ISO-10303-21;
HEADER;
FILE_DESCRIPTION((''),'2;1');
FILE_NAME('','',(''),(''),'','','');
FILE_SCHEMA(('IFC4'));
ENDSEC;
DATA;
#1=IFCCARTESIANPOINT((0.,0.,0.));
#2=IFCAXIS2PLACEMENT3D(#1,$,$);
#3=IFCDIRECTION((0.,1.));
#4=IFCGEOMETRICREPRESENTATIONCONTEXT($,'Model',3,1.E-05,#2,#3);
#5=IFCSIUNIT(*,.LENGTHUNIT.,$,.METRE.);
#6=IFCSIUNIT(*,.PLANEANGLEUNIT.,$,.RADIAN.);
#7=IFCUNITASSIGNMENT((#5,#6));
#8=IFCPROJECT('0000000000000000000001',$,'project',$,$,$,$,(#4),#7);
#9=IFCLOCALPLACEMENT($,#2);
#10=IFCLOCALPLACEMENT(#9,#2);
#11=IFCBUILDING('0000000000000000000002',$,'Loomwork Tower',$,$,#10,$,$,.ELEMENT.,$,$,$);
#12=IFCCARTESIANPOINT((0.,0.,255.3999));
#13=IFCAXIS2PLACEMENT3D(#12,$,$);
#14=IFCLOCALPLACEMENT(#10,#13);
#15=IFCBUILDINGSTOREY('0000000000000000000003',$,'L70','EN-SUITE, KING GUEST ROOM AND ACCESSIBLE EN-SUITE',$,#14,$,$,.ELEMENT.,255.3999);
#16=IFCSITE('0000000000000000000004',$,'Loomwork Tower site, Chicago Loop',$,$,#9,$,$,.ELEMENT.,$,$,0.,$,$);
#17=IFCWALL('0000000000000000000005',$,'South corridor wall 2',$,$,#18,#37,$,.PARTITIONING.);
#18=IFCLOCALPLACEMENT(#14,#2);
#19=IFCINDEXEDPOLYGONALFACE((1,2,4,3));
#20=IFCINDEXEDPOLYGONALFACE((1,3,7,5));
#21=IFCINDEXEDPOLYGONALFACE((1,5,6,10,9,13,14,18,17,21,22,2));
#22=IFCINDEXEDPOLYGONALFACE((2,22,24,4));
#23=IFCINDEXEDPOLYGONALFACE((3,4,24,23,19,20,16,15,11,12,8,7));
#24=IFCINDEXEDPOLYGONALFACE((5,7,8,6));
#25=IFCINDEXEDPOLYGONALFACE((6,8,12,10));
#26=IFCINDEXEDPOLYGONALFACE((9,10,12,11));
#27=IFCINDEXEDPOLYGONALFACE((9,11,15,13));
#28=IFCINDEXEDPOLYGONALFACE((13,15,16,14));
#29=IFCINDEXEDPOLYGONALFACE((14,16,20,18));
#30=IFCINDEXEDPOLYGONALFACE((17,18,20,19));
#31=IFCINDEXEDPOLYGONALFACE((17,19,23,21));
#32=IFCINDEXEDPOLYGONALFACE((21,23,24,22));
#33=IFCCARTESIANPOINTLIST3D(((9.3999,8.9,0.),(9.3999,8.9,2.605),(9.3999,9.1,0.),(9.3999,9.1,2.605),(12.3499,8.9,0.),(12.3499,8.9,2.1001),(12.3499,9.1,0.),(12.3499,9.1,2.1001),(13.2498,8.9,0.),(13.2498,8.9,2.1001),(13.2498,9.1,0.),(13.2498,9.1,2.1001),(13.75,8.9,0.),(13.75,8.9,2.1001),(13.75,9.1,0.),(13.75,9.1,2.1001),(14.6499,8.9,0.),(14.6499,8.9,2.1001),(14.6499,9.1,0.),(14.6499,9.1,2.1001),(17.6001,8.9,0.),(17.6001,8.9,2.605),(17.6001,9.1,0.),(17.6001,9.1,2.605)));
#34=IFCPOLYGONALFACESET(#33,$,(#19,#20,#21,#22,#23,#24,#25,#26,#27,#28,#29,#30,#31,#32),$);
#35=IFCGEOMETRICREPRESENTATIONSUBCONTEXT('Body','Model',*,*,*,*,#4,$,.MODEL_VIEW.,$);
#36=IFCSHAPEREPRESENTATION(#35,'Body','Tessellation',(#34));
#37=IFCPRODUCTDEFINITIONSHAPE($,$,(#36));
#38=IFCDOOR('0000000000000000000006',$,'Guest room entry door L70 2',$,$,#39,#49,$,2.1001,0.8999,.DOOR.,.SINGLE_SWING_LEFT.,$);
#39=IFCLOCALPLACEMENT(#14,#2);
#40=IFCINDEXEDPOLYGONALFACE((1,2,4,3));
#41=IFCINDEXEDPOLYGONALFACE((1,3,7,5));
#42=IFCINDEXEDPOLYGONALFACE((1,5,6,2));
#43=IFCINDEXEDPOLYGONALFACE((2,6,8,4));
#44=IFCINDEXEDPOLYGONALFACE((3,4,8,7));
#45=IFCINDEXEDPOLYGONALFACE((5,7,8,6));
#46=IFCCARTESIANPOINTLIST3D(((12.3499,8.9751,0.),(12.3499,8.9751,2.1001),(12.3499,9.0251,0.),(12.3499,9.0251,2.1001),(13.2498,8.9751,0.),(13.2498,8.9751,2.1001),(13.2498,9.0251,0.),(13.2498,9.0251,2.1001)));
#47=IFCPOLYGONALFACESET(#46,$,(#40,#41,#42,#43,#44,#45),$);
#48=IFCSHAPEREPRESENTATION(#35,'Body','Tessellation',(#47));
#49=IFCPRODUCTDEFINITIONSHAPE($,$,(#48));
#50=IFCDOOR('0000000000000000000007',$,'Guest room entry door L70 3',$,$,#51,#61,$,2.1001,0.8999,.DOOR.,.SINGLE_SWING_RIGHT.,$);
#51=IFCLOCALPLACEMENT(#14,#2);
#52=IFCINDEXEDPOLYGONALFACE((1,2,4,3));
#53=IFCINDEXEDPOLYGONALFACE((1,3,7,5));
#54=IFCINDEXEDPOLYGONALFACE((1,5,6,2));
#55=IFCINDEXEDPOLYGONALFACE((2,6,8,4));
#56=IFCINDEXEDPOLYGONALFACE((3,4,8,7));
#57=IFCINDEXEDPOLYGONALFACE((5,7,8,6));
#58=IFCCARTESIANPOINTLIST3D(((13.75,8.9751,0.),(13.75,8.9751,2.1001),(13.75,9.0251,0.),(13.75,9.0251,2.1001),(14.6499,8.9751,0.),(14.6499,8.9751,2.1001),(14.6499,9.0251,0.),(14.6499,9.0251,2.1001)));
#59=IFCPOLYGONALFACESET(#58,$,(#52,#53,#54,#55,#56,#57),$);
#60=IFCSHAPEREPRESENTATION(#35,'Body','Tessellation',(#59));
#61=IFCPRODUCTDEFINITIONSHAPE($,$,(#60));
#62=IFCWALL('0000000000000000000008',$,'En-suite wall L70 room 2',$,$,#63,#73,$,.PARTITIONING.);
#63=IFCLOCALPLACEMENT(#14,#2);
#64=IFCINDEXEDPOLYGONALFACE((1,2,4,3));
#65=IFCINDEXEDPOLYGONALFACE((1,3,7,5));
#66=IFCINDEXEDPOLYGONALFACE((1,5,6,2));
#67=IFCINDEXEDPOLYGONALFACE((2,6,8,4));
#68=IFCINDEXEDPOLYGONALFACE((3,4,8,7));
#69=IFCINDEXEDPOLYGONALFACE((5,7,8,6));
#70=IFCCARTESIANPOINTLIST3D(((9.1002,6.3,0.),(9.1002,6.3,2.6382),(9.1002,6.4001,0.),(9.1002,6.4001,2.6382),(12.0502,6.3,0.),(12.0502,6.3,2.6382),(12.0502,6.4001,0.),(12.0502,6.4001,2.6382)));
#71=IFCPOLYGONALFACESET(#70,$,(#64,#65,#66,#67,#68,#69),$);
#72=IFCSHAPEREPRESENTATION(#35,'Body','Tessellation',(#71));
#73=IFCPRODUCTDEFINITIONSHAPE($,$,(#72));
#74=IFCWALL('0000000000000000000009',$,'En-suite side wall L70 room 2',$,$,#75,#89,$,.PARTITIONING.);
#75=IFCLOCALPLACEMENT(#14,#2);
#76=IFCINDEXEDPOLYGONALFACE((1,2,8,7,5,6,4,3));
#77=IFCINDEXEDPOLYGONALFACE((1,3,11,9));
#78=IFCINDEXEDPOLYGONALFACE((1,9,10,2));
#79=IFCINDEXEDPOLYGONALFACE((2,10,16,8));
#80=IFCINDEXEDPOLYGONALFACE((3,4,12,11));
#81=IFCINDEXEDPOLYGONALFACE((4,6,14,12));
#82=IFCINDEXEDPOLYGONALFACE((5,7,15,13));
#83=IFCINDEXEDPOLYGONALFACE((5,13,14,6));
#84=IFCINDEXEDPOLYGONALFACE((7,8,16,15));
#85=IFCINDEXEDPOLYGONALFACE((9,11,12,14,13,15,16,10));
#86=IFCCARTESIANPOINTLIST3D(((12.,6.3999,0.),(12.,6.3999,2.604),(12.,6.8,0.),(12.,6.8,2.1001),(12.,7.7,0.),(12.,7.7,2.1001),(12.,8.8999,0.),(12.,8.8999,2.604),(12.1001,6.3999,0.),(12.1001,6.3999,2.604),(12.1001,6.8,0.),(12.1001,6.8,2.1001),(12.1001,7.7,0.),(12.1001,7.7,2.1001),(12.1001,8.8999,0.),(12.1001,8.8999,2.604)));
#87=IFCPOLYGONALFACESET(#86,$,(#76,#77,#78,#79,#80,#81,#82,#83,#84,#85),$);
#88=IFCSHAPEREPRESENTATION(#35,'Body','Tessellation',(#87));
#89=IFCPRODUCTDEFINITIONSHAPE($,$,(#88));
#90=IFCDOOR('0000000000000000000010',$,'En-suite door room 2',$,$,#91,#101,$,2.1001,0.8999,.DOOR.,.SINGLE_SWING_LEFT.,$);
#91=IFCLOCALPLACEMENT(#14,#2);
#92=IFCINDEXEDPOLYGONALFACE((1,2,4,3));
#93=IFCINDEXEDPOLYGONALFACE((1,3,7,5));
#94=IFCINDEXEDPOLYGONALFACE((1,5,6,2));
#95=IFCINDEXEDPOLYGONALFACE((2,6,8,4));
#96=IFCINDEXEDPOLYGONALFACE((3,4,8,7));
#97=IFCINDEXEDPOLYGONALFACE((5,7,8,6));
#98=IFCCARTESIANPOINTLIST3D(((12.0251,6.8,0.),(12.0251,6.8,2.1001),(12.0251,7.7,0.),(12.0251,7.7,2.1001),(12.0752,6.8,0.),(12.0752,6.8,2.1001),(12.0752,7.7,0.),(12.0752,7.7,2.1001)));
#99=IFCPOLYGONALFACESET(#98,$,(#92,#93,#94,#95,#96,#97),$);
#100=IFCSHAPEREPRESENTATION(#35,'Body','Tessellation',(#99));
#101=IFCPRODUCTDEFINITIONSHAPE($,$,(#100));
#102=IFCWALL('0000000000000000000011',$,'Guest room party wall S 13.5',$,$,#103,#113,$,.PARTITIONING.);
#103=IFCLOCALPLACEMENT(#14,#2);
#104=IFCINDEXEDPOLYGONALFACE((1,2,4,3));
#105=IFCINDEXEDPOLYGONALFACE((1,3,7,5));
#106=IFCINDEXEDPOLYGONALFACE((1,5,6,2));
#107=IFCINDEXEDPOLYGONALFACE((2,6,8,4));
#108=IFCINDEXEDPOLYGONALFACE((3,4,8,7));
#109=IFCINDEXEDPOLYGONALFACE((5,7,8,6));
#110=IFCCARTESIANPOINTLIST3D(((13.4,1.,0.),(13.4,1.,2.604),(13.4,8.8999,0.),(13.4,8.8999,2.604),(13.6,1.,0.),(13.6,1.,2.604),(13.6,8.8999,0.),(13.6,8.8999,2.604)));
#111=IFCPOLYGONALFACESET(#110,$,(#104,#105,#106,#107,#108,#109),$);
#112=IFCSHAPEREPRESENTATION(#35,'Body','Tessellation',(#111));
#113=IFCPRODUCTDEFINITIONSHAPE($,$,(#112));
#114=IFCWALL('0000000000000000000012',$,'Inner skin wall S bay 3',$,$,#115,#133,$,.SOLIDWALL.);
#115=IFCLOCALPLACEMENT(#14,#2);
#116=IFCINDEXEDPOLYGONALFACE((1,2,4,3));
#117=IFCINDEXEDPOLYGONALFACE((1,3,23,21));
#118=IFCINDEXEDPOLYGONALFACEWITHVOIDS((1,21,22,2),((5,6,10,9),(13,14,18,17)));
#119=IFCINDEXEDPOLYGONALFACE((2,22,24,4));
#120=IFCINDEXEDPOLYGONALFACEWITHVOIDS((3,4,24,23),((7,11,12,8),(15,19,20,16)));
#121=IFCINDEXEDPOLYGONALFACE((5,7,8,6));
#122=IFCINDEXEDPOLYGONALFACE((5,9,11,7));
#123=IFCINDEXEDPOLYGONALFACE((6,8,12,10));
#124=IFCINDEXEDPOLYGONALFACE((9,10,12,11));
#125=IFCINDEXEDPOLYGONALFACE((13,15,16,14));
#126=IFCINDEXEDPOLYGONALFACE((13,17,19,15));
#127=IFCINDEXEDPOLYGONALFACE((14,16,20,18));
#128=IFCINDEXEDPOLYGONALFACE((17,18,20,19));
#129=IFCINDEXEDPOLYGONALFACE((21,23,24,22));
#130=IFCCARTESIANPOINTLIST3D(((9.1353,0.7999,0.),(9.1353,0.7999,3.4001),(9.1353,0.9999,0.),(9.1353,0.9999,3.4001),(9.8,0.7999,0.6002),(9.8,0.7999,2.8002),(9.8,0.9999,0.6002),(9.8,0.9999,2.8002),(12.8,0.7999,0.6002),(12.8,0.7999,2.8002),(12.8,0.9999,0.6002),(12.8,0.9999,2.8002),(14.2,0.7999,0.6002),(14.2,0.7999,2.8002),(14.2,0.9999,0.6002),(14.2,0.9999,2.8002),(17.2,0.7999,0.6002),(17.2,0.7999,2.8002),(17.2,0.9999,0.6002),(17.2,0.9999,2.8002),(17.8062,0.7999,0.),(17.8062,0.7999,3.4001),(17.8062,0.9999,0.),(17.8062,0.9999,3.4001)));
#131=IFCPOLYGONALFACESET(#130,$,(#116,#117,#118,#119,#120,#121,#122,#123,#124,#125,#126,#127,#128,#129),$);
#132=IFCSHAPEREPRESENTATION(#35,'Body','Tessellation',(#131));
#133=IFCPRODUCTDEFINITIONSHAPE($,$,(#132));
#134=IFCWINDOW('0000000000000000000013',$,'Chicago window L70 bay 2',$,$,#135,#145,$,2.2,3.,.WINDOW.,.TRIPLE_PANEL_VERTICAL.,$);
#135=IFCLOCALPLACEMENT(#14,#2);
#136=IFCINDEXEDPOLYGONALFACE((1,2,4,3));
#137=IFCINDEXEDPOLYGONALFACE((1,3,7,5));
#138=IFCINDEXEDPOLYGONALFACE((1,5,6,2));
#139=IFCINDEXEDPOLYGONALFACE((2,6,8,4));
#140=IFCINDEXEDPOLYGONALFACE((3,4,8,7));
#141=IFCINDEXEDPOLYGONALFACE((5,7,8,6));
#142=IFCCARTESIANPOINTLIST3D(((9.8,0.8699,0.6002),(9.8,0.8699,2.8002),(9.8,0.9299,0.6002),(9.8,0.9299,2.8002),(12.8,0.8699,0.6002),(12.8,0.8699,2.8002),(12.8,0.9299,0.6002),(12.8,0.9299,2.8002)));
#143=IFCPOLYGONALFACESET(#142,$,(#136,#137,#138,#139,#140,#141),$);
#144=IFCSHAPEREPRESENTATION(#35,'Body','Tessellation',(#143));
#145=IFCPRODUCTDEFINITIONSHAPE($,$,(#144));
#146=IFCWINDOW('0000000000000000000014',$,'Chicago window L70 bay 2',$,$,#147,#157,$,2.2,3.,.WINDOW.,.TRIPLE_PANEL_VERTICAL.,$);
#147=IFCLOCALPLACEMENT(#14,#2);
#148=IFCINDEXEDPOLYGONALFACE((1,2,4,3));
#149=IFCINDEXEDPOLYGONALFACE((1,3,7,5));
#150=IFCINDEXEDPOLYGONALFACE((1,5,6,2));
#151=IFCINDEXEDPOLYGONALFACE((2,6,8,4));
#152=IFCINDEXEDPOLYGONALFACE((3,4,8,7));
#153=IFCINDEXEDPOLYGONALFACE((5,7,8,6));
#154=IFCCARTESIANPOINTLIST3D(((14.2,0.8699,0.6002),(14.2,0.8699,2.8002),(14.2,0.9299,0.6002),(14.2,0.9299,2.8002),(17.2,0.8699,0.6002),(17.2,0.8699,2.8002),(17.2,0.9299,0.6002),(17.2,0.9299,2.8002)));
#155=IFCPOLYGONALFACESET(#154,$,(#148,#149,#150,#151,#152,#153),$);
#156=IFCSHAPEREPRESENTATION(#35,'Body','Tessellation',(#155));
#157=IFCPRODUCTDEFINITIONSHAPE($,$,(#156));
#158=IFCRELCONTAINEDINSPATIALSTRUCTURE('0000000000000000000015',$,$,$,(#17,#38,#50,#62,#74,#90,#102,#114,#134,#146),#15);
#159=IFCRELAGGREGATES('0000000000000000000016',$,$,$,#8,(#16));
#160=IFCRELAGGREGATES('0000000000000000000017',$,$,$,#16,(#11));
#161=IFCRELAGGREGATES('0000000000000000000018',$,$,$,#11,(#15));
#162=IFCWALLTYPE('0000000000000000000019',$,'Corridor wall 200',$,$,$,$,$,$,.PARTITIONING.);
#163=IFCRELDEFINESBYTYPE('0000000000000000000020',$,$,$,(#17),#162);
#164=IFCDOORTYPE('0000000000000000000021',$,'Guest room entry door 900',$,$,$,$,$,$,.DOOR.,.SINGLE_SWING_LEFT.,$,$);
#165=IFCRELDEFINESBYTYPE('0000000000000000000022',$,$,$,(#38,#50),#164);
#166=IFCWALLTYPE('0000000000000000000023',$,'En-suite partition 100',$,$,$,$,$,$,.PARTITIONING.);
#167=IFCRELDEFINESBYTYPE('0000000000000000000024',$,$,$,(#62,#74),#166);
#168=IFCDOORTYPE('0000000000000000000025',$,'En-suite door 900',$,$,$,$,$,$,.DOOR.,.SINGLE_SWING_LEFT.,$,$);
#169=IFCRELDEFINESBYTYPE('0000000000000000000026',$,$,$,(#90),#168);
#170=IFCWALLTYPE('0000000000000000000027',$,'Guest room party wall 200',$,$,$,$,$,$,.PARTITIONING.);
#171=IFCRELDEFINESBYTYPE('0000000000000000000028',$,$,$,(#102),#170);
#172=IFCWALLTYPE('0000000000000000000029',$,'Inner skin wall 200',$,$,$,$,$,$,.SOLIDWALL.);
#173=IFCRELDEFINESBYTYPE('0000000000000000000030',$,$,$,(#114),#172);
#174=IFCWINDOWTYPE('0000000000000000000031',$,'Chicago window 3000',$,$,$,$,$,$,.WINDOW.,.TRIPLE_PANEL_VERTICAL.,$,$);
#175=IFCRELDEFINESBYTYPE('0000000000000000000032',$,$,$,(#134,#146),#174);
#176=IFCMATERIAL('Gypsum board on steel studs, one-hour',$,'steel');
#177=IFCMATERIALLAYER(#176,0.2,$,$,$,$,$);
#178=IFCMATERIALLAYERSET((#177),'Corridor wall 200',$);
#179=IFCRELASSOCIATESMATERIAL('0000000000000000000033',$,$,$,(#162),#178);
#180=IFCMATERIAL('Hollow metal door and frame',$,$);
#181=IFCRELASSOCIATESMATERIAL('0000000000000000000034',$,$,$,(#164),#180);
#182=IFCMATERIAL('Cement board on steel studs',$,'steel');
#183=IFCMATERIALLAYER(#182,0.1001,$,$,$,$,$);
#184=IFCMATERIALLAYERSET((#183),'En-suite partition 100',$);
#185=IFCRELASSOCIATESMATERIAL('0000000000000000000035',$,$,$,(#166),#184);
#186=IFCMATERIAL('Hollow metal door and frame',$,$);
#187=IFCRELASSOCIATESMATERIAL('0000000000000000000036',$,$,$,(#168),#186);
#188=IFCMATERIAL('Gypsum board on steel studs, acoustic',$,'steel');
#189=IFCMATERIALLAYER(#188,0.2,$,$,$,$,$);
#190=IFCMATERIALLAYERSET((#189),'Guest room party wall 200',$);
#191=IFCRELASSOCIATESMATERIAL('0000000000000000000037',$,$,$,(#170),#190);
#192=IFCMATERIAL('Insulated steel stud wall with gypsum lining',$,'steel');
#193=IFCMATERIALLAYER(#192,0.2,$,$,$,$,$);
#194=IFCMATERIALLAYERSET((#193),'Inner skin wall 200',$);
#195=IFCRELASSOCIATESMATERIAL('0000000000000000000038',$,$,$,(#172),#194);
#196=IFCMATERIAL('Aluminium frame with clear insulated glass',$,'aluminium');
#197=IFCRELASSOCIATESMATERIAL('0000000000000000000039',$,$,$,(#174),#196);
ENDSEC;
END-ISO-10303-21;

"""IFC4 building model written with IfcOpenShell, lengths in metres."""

from ifc_helpers import new_model, si_unit, direction, frame, frame_2d, origin, place, context, subcontext, project, spatial, rectangle, extrude, material, layer, layer_set, type_object, element, fill, save


model = new_model("IFC4")

# Units and contexts
model_context = context("Model", 3, precision=1e-05, world=origin(), true_north=direction((0.0, 1.0)))
body_context = subcontext(model_context, "Body", "Model", "MODEL_VIEW")
ifc_project = project(units=[si_unit("LENGTHUNIT", "METRE"), si_unit("PLANEANGLEUNIT", "RADIAN")], contexts=[model_context])

# Site, building, storey
site_placement = place(None, origin())
site = spatial("IfcSite", under=ifc_project, at=site_placement, Name="Loomwork Tower site, Chicago Loop", CompositionType="ELEMENT", RefElevation=0.0)
building_placement = place(site_placement, origin())
building = spatial("IfcBuilding", under=site, at=building_placement, Name="Loomwork Tower", CompositionType="ELEMENT")
storey_placement = place(building_placement, frame((0.0, 0.0, 255.3999)))
storey = spatial("IfcBuildingStorey", under=building, at=storey_placement, Name="L70", Description="EN-SUITE, KING GUEST ROOM AND ACCESSIBLE EN-SUITE", CompositionType="ELEMENT", Elevation=255.3999)

# Wall, openings, doors
ifc_material_1 = material(Name="Gypsum board on steel studs, one-hour", Category="steel")
ifc_layer_1 = layer(ifc_material_1, 0.2)
ifc_layer_set_1 = layer_set([ifc_layer_1], Name="Corridor wall 200")
wall_type_1 = type_object("IfcWallType", Name="Corridor wall 200", PredefinedType="PARTITIONING", material=ifc_layer_set_1)
wall_1_placement = place(storey_placement, frame((9.3999, 9.0, 0.0), z_axis=(0.0, 0.0, 1.0), x_axis=(1.0, 0.0, 0.0)))
wall_1 = element("IfcWall", 1, at=wall_1_placement, inside=storey, type_object=wall_type_1, Name="South corridor wall 2", PredefinedType="PARTITIONING", context=body_context, shape_type="SweptSolid", body=[
    extrude(rectangle(XDim=8.2002, YDim=0.2, at=frame_2d((4.1001, 0.0))), origin(), (0.0, 0.0, 1.0), 2.605),
])
opening_1_placement = place(wall_1_placement, frame((2.95, 0.0, 0.0)))
opening_1 = element("IfcOpeningElement", 2, at=opening_1_placement, cuts=wall_1, PredefinedType="OPENING", context=body_context, shape_type="SweptSolid", body=[
    extrude(rectangle(XDim=0.8999, YDim=2.1001, at=frame_2d((0.45, 1.05))), frame((0.0, 0.1099, 0.0), z_axis=(0.0, -1.0, 0.0), x_axis=(1.0, 0.0, 0.0)), (0.0, 0.0, 1.0), 0.22),
])
opening_2_placement = place(wall_1_placement, frame((4.3501, 0.0, 0.0)))
opening_2 = element("IfcOpeningElement", 3, at=opening_2_placement, cuts=wall_1, PredefinedType="OPENING", context=body_context, shape_type="SweptSolid", body=[
    extrude(rectangle(XDim=0.8999, YDim=2.1001, at=frame_2d((0.45, 1.05))), frame((0.0, 0.1099, 0.0), z_axis=(0.0, -1.0, 0.0), x_axis=(1.0, 0.0, 0.0)), (0.0, 0.0, 1.0), 0.22),
])
ifc_material_2 = material(Name="Hollow metal door and frame")
door_type_1 = type_object("IfcDoorType", Name="Guest room entry door 900", OperationType="SINGLE_SWING_LEFT", PredefinedType="DOOR", material=ifc_material_2)
door_1_placement = place(opening_1_placement, frame((0.8999, 0.0, 0.0), z_axis=(0.0, 0.0, 1.0), x_axis=(-1.0, 0.0, 0.0)))
door_1 = element("IfcDoor", 4, at=door_1_placement, inside=storey, type_object=door_type_1, Name="Guest room entry door L70 2", OperationType="SINGLE_SWING_LEFT", OverallHeight=2.1001, OverallWidth=0.8999, PredefinedType="DOOR", context=body_context, shape_type="SweptSolid", body=[
    extrude(rectangle(XDim=0.8999, YDim=2.1001, at=frame_2d((0.45, 1.05))), frame((0.0, 0.0249, 0.0), z_axis=(0.0, -1.0, 0.0), x_axis=(1.0, 0.0, 0.0)), (0.0, 0.0, 1.0), 0.05),
])
fill(opening_1, door_1)
door_2_placement = place(opening_2_placement, frame((0.8999, 0.0, 0.0), z_axis=(0.0, 0.0, 1.0), x_axis=(-1.0, 0.0, 0.0)))
door_2 = element("IfcDoor", 5, at=door_2_placement, inside=storey, type_object=door_type_1, Name="Guest room entry door L70 3", OperationType="SINGLE_SWING_RIGHT", OverallHeight=2.1001, OverallWidth=0.8999, PredefinedType="DOOR", context=body_context, shape_type="SweptSolid", body=[
    extrude(rectangle(XDim=0.8999, YDim=2.1001, at=frame_2d((0.45, 1.05))), frame((0.0, 0.0249, 0.0), z_axis=(0.0, -1.0, 0.0), x_axis=(1.0, 0.0, 0.0)), (0.0, 0.0, 1.0), 0.05),
])
fill(opening_2, door_2)

# Wall
ifc_material_3 = material(Name="Cement board on steel studs", Category="steel")
ifc_layer_2 = layer(ifc_material_3, 0.1001)
ifc_layer_set_2 = layer_set([ifc_layer_2], Name="En-suite partition 100")
wall_type_2 = type_object("IfcWallType", Name="En-suite partition 100", PredefinedType="PARTITIONING", material=ifc_layer_set_2)
wall_2_placement = place(storey_placement, frame((9.1001, 6.3501, 0.0), z_axis=(0.0, 0.0, 1.0), x_axis=(1.0, 0.0, 0.0)))
element("IfcWall", 6, at=wall_2_placement, inside=storey, type_object=wall_type_2, Name="En-suite wall L70 room 2", PredefinedType="PARTITIONING", context=body_context, shape_type="SweptSolid", body=[
    extrude(rectangle(XDim=2.95, YDim=0.1001, at=frame_2d((1.4751, 0.0))), origin(), (0.0, 0.0, 1.0), 2.6382),
])

# Wall, opening, door
wall_3_placement = place(storey_placement, frame((12.05, 8.8999, 0.0), z_axis=(0.0, 0.0, 1.0), x_axis=(0.0, -1.0, 0.0)))
wall_3 = element("IfcWall", 7, at=wall_3_placement, inside=storey, type_object=wall_type_2, Name="En-suite side wall L70 room 2", PredefinedType="PARTITIONING", context=body_context, shape_type="SweptSolid", body=[
    extrude(rectangle(XDim=2.5, YDim=0.1001, at=frame_2d((1.25, 0.0))), origin(), (0.0, 0.0, 1.0), 2.604),
])
opening_3_placement = place(wall_3_placement, frame((1.2, 0.0, 0.0)))
opening_3 = element("IfcOpeningElement", 8, at=opening_3_placement, cuts=wall_3, PredefinedType="OPENING", context=body_context, shape_type="SweptSolid", body=[
    extrude(rectangle(XDim=0.8999, YDim=2.1001, at=frame_2d((0.45, 1.05))), frame((0.0, 0.0601, 0.0), z_axis=(0.0, -1.0, 0.0), x_axis=(1.0, 0.0, 0.0)), (0.0, 0.0, 1.0), 0.1201),
])
ifc_material_4 = material(Name="Hollow metal door and frame")
door_type_2 = type_object("IfcDoorType", Name="En-suite door 900", OperationType="SINGLE_SWING_LEFT", PredefinedType="DOOR", material=ifc_material_4)
door_3_placement = place(opening_3_placement, frame((0.8999, 0.0, 0.0), z_axis=(0.0, 0.0, 1.0), x_axis=(-1.0, 0.0, 0.0)))
door_3 = element("IfcDoor", 9, at=door_3_placement, inside=storey, type_object=door_type_2, Name="En-suite door room 2", OperationType="SINGLE_SWING_LEFT", OverallHeight=2.1001, OverallWidth=0.8999, PredefinedType="DOOR", context=body_context, shape_type="SweptSolid", body=[
    extrude(rectangle(XDim=0.8999, YDim=2.1001, at=frame_2d((0.45, 1.05))), frame((0.0, 0.0249, 0.0), z_axis=(0.0, -1.0, 0.0), x_axis=(1.0, 0.0, 0.0)), (0.0, 0.0, 1.0), 0.05),
])
fill(opening_3, door_3)

# Wall
ifc_material_5 = material(Name="Gypsum board on steel studs, acoustic", Category="steel")
ifc_layer_3 = layer(ifc_material_5, 0.2)
ifc_layer_set_3 = layer_set([ifc_layer_3], Name="Guest room party wall 200")
wall_type_3 = type_object("IfcWallType", Name="Guest room party wall 200", PredefinedType="PARTITIONING", material=ifc_layer_set_3)
wall_4_placement = place(storey_placement, frame((13.5, 8.8999, 0.0), z_axis=(0.0, 0.0, 1.0), x_axis=(0.0, -1.0, 0.0)))
element("IfcWall", 10, at=wall_4_placement, inside=storey, type_object=wall_type_3, Name="Guest room party wall S 13.5", PredefinedType="PARTITIONING", context=body_context, shape_type="SweptSolid", body=[
    extrude(rectangle(XDim=7.8999, YDim=0.2, at=frame_2d((3.95, 0.0))), origin(), (0.0, 0.0, 1.0), 2.604),
])

# Wall, openings, windows
ifc_material_6 = material(Name="Insulated steel stud wall with gypsum lining", Category="steel")
ifc_layer_4 = layer(ifc_material_6, 0.2)
ifc_layer_set_4 = layer_set([ifc_layer_4], Name="Inner skin wall 200")
wall_type_4 = type_object("IfcWallType", Name="Inner skin wall 200", PredefinedType="SOLIDWALL", material=ifc_layer_set_4)
wall_5_placement = place(storey_placement, frame((9.1353, 0.8999, 0.0), z_axis=(0.0, 0.0, 1.0), x_axis=(1.0, 0.0, 0.0)))
wall_5 = element("IfcWall", 11, at=wall_5_placement, inside=storey, type_object=wall_type_4, Name="Inner skin wall S bay 3", PredefinedType="SOLIDWALL", context=body_context, shape_type="SweptSolid", body=[
    extrude(rectangle(XDim=8.6709, YDim=0.2, at=frame_2d((4.3354, 0.0))), origin(), (0.0, 0.0, 1.0), 3.4001),
])
opening_4_placement = place(wall_5_placement, frame((0.6648, 0.0, 0.6001)))
opening_4 = element("IfcOpeningElement", 12, at=opening_4_placement, cuts=wall_5, PredefinedType="OPENING", context=body_context, shape_type="SweptSolid", body=[
    extrude(rectangle(XDim=3.0, YDim=2.2, at=frame_2d((1.5, 1.1001))), frame((0.0, 0.1099, 0.0), z_axis=(0.0, -1.0, 0.0), x_axis=(1.0, 0.0, 0.0)), (0.0, 0.0, 1.0), 0.22),
])
opening_5_placement = place(wall_5_placement, frame((5.0647, 0.0, 0.6001)))
opening_5 = element("IfcOpeningElement", 13, at=opening_5_placement, cuts=wall_5, PredefinedType="OPENING", context=body_context, shape_type="SweptSolid", body=[
    extrude(rectangle(XDim=3.0, YDim=2.2, at=frame_2d((1.5, 1.1001))), frame((0.0, 0.1099, 0.0), z_axis=(0.0, -1.0, 0.0), x_axis=(1.0, 0.0, 0.0)), (0.0, 0.0, 1.0), 0.22),
])
ifc_material_7 = material(Name="Aluminium frame with clear insulated glass", Category="aluminium")
window_type = type_object("IfcWindowType", Name="Chicago window 3000", PartitioningType="TRIPLE_PANEL_VERTICAL", PredefinedType="WINDOW", material=ifc_material_7)
window_1_placement = place(opening_4_placement, origin())
window_1 = element("IfcWindow", 14, at=window_1_placement, inside=storey, type_object=window_type, Name="Chicago window L70 bay 2", OverallHeight=2.2, OverallWidth=3.0, PartitioningType="TRIPLE_PANEL_VERTICAL", PredefinedType="WINDOW", context=body_context, shape_type="SweptSolid", body=[
    extrude(rectangle(XDim=3.0, YDim=2.2, at=frame_2d((1.5, 1.1001))), frame((0.0, 0.03, 0.0), z_axis=(0.0, -1.0, 0.0), x_axis=(1.0, 0.0, 0.0)), (0.0, 0.0, 1.0), 0.0601),
])
fill(opening_4, window_1)
window_2_placement = place(opening_5_placement, origin())
window_2 = element("IfcWindow", 15, at=window_2_placement, inside=storey, type_object=window_type, Name="Chicago window L70 bay 2", OverallHeight=2.2, OverallWidth=3.0, PartitioningType="TRIPLE_PANEL_VERTICAL", PredefinedType="WINDOW", context=body_context, shape_type="SweptSolid", body=[
    extrude(rectangle(XDim=3.0, YDim=2.2, at=frame_2d((1.5, 1.1001))), frame((0.0, 0.03, 0.0), z_axis=(0.0, -1.0, 0.0), x_axis=(1.0, 0.0, 0.0)), (0.0, 0.0, 1.0), 0.0601),
])
fill(opening_5, window_2)

save(model, "model.ifc")
